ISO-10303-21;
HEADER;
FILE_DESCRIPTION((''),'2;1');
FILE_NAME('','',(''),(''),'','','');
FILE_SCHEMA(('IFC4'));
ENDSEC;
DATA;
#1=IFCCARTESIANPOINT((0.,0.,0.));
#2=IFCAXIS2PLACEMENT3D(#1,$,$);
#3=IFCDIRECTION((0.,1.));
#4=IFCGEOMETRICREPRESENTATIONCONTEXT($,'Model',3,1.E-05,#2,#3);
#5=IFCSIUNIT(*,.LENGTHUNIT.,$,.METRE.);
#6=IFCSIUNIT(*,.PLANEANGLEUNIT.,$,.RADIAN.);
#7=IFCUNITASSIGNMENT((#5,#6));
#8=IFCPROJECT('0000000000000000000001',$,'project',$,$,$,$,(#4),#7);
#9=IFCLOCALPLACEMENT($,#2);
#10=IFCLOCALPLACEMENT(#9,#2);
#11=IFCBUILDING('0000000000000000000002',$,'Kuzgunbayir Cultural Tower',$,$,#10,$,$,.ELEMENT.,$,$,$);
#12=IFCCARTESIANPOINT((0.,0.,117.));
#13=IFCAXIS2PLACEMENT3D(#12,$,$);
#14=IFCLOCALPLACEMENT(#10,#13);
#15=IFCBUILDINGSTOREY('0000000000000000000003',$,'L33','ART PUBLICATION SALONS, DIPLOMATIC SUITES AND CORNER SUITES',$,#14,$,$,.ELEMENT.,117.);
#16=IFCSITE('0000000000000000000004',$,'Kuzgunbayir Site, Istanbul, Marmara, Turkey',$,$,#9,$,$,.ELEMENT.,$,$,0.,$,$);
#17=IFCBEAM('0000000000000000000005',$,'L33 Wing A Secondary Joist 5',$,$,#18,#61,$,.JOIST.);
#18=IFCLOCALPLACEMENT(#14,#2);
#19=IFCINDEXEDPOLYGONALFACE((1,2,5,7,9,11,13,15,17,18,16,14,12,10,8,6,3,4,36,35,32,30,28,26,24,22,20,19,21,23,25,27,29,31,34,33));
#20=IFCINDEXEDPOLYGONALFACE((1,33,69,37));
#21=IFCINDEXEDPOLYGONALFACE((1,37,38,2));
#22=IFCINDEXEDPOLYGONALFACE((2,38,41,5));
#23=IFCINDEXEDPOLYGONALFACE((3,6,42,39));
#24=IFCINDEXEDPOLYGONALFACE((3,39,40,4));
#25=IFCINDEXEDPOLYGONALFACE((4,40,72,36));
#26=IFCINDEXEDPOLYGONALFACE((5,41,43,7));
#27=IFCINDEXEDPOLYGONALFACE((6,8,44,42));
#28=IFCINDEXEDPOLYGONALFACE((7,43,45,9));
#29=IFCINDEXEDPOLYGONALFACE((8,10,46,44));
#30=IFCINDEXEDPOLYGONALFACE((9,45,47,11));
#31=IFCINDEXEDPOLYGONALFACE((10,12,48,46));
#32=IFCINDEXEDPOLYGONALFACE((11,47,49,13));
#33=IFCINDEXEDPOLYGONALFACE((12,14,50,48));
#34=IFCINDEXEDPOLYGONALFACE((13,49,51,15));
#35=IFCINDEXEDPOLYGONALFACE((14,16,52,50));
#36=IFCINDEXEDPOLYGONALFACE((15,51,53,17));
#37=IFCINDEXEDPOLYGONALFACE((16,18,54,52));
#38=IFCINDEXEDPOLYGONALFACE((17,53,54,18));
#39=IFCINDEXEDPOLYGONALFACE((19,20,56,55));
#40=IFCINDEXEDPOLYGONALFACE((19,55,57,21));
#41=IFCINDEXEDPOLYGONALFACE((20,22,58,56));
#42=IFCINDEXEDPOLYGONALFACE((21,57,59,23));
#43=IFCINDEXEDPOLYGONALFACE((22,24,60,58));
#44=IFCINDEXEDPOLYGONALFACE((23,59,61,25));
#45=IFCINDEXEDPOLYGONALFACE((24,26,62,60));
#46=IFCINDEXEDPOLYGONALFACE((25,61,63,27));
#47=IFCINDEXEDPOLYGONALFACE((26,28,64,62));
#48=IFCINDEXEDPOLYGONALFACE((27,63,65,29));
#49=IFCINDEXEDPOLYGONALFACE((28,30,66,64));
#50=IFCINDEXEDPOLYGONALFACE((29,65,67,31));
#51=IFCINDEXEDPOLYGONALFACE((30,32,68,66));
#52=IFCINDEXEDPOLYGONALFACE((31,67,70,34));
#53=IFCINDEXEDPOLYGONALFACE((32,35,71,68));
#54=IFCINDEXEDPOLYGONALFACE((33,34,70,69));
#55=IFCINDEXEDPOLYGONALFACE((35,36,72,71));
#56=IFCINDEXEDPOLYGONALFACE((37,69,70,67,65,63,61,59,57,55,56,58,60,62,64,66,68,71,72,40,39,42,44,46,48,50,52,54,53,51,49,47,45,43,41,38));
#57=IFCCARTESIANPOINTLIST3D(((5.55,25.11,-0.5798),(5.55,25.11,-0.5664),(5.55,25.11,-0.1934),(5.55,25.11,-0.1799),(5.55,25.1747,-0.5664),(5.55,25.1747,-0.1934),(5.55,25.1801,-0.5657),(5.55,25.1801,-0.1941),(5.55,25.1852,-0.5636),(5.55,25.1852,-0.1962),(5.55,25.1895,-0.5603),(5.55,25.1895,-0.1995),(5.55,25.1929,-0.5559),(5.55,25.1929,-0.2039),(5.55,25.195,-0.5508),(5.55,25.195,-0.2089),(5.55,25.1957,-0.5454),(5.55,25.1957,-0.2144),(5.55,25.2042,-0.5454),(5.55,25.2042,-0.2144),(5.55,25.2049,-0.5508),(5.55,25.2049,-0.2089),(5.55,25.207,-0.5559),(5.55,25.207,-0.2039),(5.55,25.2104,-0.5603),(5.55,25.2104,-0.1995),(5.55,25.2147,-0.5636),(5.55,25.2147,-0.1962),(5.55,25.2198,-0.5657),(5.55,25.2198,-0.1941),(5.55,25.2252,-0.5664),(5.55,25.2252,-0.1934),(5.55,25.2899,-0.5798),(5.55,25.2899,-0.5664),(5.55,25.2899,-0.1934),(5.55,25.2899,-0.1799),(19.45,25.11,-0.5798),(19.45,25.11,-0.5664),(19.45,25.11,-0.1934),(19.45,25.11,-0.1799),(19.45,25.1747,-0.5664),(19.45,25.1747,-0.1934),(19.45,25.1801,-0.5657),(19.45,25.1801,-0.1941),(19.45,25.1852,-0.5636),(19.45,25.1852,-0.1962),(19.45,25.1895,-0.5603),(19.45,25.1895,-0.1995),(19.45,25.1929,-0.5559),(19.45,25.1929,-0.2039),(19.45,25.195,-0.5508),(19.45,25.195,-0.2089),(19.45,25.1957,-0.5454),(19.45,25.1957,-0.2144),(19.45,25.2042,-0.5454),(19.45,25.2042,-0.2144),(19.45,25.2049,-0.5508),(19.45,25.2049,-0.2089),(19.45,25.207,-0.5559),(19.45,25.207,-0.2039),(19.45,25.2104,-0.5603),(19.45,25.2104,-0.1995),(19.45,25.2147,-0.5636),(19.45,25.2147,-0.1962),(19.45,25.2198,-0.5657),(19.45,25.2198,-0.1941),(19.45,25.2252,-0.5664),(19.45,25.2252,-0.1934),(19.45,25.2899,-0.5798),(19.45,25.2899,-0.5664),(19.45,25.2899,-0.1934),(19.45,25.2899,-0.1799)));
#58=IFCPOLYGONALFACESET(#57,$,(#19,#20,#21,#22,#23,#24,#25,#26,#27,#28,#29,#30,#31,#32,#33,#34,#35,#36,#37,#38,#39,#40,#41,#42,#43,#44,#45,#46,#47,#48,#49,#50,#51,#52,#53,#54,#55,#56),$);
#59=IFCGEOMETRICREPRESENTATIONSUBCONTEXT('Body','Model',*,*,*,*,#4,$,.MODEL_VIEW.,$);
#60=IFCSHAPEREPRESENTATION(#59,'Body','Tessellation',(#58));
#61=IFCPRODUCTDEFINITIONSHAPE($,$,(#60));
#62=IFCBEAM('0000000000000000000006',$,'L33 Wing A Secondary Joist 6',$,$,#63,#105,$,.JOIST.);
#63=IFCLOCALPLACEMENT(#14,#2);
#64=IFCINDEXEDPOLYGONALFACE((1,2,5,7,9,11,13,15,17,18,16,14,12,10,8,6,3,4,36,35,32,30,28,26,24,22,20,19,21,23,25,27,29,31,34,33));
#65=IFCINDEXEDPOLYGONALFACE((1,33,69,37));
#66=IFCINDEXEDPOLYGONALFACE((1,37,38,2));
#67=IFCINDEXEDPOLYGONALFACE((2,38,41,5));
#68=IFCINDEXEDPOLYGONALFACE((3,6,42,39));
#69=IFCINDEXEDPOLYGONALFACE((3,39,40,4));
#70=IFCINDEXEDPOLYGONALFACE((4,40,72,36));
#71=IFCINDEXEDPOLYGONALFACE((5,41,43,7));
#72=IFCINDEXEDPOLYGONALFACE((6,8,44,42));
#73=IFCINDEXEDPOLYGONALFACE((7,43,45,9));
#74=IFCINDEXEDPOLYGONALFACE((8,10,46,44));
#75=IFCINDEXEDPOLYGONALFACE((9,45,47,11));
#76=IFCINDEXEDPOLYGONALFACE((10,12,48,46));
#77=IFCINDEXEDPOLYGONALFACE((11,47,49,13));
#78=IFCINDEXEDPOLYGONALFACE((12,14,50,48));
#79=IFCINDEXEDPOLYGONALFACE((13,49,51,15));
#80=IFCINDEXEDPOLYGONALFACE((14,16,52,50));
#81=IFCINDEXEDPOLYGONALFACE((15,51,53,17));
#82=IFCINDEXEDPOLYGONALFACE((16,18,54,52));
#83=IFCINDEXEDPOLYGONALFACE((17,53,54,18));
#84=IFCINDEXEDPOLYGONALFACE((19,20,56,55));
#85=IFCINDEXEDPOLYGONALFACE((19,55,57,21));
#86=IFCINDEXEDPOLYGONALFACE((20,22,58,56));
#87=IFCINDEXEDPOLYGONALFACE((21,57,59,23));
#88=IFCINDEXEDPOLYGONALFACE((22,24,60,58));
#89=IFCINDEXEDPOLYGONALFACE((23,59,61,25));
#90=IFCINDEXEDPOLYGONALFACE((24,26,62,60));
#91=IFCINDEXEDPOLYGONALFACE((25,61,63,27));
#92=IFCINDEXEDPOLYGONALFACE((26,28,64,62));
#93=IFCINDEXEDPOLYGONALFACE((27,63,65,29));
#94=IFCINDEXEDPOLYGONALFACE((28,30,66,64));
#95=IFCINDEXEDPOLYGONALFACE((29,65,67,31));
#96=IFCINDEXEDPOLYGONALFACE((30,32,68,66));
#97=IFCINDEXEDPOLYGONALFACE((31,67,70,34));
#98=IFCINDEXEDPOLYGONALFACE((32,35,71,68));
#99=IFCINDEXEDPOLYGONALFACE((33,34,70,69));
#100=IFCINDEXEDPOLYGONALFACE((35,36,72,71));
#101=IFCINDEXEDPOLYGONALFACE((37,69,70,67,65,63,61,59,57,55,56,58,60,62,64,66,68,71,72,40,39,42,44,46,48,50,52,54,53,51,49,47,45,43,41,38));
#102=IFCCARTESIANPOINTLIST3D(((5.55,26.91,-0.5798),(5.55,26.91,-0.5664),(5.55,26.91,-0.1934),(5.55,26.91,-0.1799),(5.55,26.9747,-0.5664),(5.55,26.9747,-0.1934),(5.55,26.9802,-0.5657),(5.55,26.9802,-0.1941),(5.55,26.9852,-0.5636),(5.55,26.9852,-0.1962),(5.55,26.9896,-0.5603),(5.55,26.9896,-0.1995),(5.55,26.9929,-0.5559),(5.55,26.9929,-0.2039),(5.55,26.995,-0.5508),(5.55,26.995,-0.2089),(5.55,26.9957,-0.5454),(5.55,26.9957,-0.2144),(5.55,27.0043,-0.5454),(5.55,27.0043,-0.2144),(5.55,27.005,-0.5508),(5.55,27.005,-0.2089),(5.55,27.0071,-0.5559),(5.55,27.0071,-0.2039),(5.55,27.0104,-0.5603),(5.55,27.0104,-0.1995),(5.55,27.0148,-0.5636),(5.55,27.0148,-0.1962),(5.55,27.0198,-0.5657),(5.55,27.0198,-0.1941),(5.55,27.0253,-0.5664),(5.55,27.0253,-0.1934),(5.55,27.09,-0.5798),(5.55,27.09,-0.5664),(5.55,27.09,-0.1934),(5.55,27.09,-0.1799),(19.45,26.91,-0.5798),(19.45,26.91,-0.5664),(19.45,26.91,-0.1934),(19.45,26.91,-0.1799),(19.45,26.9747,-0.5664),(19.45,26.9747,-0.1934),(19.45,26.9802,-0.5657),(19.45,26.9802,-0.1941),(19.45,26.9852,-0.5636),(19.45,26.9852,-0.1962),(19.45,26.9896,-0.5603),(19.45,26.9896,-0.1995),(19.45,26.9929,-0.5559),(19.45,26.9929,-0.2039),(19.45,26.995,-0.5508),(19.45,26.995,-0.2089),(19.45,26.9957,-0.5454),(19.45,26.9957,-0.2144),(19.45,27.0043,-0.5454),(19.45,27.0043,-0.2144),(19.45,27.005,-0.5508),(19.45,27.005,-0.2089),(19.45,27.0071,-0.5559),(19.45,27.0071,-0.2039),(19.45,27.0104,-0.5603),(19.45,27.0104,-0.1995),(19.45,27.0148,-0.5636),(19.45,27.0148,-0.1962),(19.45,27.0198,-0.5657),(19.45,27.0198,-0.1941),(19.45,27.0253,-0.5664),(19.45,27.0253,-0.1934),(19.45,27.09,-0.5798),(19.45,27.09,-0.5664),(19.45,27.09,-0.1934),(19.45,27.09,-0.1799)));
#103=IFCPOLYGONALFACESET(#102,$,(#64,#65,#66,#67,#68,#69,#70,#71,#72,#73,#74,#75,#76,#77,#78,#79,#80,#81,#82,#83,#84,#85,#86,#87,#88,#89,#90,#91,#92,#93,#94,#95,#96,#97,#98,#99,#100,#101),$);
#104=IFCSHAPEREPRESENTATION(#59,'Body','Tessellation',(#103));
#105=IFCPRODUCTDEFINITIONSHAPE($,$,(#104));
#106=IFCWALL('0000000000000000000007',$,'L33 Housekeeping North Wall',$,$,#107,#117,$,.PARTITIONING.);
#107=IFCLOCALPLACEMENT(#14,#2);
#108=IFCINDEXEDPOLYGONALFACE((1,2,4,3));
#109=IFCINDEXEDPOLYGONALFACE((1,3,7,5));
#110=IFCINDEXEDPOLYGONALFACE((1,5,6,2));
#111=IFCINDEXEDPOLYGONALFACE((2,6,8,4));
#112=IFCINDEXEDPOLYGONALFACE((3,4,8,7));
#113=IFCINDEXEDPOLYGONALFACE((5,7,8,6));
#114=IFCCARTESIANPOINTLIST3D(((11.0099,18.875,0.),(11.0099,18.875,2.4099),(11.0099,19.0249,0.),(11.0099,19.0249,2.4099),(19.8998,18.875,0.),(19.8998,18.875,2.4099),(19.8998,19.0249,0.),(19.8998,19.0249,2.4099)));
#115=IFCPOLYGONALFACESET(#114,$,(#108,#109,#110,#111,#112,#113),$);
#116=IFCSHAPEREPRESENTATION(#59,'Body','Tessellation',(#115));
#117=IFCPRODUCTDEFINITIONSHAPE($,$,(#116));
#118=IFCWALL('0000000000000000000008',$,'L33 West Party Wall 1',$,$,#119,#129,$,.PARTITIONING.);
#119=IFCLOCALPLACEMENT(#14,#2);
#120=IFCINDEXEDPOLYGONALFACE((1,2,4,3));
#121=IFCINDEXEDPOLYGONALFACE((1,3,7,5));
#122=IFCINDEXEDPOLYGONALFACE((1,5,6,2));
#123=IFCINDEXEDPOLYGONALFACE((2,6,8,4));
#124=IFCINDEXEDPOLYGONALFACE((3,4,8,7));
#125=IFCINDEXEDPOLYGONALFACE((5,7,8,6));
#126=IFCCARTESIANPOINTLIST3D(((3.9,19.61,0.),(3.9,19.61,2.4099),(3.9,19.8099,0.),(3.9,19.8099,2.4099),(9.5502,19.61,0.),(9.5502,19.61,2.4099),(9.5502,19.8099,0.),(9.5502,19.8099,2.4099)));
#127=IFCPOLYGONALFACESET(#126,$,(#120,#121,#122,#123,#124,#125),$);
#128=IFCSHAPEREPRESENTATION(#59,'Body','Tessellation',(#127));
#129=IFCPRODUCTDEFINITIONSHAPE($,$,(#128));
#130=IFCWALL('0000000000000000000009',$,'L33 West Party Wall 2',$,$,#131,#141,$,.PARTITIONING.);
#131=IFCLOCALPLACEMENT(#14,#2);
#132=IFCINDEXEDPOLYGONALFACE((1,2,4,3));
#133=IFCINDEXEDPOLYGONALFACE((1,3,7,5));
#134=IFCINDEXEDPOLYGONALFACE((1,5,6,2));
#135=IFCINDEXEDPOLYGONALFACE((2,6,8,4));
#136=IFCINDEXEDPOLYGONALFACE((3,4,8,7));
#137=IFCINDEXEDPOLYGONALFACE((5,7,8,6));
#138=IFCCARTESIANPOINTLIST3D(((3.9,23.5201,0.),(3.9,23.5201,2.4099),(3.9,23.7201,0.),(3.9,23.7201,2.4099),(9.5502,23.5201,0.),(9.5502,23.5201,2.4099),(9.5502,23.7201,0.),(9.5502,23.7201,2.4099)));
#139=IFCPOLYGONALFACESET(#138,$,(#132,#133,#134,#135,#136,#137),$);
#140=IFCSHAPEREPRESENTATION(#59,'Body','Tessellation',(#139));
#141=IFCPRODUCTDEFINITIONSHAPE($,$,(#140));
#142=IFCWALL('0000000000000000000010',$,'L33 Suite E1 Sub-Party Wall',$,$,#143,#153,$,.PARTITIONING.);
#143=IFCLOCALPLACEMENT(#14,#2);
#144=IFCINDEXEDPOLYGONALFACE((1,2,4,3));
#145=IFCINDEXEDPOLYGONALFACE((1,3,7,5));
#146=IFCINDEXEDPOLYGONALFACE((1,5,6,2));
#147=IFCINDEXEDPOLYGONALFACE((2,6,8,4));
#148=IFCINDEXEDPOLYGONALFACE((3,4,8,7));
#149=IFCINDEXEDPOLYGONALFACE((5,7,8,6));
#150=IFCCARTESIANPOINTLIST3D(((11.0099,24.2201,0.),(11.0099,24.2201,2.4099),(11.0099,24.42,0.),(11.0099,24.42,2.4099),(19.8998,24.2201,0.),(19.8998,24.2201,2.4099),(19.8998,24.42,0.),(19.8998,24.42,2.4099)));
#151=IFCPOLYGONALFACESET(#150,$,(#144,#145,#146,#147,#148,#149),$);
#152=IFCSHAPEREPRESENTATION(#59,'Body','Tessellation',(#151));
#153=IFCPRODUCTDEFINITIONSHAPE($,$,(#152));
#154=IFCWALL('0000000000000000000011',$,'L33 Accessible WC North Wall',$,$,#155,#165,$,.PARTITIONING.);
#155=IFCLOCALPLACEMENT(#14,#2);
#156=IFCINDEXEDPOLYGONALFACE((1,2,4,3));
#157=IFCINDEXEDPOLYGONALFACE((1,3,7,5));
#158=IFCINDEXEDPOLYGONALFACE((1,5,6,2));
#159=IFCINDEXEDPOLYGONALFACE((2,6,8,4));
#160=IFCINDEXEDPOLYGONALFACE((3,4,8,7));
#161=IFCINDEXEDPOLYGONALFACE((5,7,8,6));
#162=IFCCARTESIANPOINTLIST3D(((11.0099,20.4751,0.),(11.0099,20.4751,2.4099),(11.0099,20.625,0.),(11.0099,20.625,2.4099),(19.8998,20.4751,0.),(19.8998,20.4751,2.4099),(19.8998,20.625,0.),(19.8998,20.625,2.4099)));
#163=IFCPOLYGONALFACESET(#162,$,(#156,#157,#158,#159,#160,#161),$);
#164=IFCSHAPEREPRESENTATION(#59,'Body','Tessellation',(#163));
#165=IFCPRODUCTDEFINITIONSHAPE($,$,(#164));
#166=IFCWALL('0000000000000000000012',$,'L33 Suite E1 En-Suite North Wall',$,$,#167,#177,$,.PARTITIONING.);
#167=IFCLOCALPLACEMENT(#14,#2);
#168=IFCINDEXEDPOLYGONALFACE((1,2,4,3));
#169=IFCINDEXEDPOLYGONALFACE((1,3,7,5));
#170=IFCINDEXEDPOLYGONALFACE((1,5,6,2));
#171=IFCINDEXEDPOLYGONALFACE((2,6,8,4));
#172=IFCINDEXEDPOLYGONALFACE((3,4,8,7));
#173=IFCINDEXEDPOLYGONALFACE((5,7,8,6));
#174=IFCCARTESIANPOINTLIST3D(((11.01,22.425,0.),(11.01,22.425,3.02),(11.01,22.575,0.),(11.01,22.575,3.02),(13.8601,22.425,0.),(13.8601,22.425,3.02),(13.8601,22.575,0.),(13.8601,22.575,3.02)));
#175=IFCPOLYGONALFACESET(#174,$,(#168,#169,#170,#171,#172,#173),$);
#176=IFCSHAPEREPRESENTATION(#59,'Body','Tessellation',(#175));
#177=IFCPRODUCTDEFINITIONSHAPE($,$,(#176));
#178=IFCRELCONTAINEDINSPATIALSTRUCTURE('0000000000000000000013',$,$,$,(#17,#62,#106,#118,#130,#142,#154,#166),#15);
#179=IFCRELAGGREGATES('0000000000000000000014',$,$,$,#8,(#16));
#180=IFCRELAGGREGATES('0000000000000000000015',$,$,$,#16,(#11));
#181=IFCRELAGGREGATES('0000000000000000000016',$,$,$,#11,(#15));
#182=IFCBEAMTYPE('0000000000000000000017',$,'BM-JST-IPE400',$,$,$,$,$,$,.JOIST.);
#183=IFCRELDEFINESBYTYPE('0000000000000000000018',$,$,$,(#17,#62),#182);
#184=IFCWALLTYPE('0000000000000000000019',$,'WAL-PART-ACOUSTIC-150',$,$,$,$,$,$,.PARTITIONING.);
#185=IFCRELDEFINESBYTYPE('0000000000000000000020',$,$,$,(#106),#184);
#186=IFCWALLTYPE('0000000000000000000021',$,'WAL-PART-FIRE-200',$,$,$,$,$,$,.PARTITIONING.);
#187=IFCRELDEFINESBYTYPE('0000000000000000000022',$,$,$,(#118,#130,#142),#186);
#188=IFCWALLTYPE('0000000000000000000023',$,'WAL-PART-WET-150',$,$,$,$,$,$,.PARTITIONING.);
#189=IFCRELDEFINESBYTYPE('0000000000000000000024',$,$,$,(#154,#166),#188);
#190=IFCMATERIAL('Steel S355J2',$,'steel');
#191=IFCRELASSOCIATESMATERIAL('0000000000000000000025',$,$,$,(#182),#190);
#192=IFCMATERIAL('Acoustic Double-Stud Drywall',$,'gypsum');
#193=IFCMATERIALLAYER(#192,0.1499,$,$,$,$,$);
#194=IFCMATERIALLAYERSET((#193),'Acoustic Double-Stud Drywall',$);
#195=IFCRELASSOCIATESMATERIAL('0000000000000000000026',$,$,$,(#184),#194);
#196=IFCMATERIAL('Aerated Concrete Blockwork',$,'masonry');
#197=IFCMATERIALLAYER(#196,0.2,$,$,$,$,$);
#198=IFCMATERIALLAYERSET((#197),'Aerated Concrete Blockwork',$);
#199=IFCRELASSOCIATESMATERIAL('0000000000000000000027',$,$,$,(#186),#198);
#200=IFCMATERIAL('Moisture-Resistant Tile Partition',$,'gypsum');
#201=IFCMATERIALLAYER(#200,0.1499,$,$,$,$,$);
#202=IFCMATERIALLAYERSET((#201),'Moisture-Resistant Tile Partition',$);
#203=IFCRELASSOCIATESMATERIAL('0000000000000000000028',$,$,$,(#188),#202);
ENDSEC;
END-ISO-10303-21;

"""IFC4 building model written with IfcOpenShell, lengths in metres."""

from ifc_helpers import new_model, si_unit, direction, frame, frame_2d, origin, origin_2d, place, context, subcontext, project, spatial, rectangle, i_section, extrude, material, layer, layer_set, material_profile, profile_set, type_object, element, save


model = new_model("IFC4")

# Units and contexts
model_context = context("Model", 3, precision=1e-05, world=origin(), true_north=direction((0.0, 1.0)))
body_context = subcontext(model_context, "Body", "Model", "MODEL_VIEW")
ifc_project = project(units=[si_unit("LENGTHUNIT", "METRE"), si_unit("PLANEANGLEUNIT", "RADIAN")], contexts=[model_context])

# Site, building, storey
site_placement = place(None, origin())
site = spatial("IfcSite", under=ifc_project, at=site_placement, Name="Kuzgunbayir Site, Istanbul, Marmara, Turkey", CompositionType="ELEMENT", RefElevation=0.0)
building_placement = place(site_placement, origin())
building = spatial("IfcBuilding", under=site, at=building_placement, Name="Kuzgunbayir Cultural Tower", CompositionType="ELEMENT")
storey_placement = place(building_placement, frame((0.0, 0.0, 117.0)))
storey = spatial("IfcBuildingStorey", under=building, at=storey_placement, Name="L33", Description="ART PUBLICATION SALONS, DIPLOMATIC SUITES AND CORNER SUITES", CompositionType="ELEMENT", Elevation=117.0)

# Beams
ifc_material_1 = material(Name="Steel S355J2", Category="steel")
ifc_material_profile_1 = material_profile(ifc_material_1, i_section(OverallWidth=0.1799, OverallDepth=0.3999, WebThickness=0.0085, FlangeThickness=0.0134, FilletRadius=0.021, at=origin_2d()), Name="IPE 400")
ifc_profile_set_1 = profile_set([ifc_material_profile_1], Name="Steel S355J2")
beam_type_1 = type_object("IfcBeamType", Name="BM-JST-IPE400", PredefinedType="JOIST", material=ifc_profile_set_1)
for number, where, z_axis, x_axis, name in (
    (1, (5.55, 25.2, -0.3799), (1.0, 0.0, 0.0), (0.0, 1.0, 0.0), "L33 Wing A Secondary Joist 5"),
    (2, (5.55, 27.0, -0.3799), (1.0, 0.0, 0.0), (0.0, 1.0, 0.0), "L33 Wing A Secondary Joist 6"),
):
    element("IfcBeam", number, at=place(storey_placement, frame(where, z_axis=z_axis, x_axis=x_axis)), inside=storey, type_object=beam_type_1, Name=name, PredefinedType="JOIST", context=body_context, shape_type="SweptSolid", body=[
        extrude(i_section(OverallWidth=0.1799, OverallDepth=0.3999, WebThickness=0.0085, FlangeThickness=0.0134, FilletRadius=0.021, at=origin_2d()), origin(), (0.0, 0.0, 1.0), 13.8999),
    ])

# Walls
ifc_material_2 = material(Name="Acoustic Double-Stud Drywall", Category="gypsum")
ifc_layer_1 = layer(ifc_material_2, 0.1499)
ifc_layer_set_1 = layer_set([ifc_layer_1], Name="Acoustic Double-Stud Drywall")
wall_type_1 = type_object("IfcWallType", Name="WAL-PART-ACOUSTIC-150", PredefinedType="PARTITIONING", material=ifc_layer_set_1)
wall_1_placement = place(storey_placement, frame((11.01, 18.95, 0.0), z_axis=(0.0, 0.0, 1.0), x_axis=(1.0, 0.0, 0.0)))
element("IfcWall", 3, at=wall_1_placement, inside=storey, type_object=wall_type_1, Name="L33 Housekeeping North Wall", PredefinedType="PARTITIONING", context=body_context, shape_type="SweptSolid", body=[
    extrude(rectangle(XDim=8.8899, YDim=0.1499, at=frame_2d((4.4448, 0.0))), origin(), (0.0, 0.0, 1.0), 2.4099),
])
ifc_material_3 = material(Name="Aerated Concrete Blockwork", Category="masonry")
ifc_layer_2 = layer(ifc_material_3, 0.2)
ifc_layer_set_2 = layer_set([ifc_layer_2], Name="Aerated Concrete Blockwork")
wall_type_2 = type_object("IfcWallType", Name="WAL-PART-FIRE-200", PredefinedType="PARTITIONING", material=ifc_layer_set_2)
for number, where, z_axis, x_axis, name in (
    (4, (3.8999, 19.71, 0.0), (0.0, 0.0, 1.0), (1.0, 0.0, 0.0), "L33 West Party Wall 1"),
    (5, (3.8999, 23.6201, 0.0), (0.0, 0.0, 1.0), (1.0, 0.0, 0.0), "L33 West Party Wall 2"),
):
    element("IfcWall", number, at=place(storey_placement, frame(where, z_axis=z_axis, x_axis=x_axis)), inside=storey, type_object=wall_type_2, Name=name, PredefinedType="PARTITIONING", context=body_context, shape_type="SweptSolid", body=[
        extrude(rectangle(XDim=5.6501, YDim=0.2, at=frame_2d((2.8252, 0.0))), origin(), (0.0, 0.0, 1.0), 2.4099),
    ])
wall_2_placement = place(storey_placement, frame((11.01, 24.3201, 0.0), z_axis=(0.0, 0.0, 1.0), x_axis=(1.0, 0.0, 0.0)))
element("IfcWall", 6, at=wall_2_placement, inside=storey, type_object=wall_type_2, Name="L33 Suite E1 Sub-Party Wall", PredefinedType="PARTITIONING", context=body_context, shape_type="SweptSolid", body=[
    extrude(rectangle(XDim=8.8899, YDim=0.2, at=frame_2d((4.4448, 0.0))), origin(), (0.0, 0.0, 1.0), 2.4099),
])
ifc_material_4 = material(Name="Moisture-Resistant Tile Partition", Category="gypsum")
ifc_layer_3 = layer(ifc_material_4, 0.1499)
ifc_layer_set_3 = layer_set([ifc_layer_3], Name="Moisture-Resistant Tile Partition")
wall_type_3 = type_object("IfcWallType", Name="WAL-PART-WET-150", PredefinedType="PARTITIONING", material=ifc_layer_set_3)
wall_3_placement = place(storey_placement, frame((11.01, 20.55, 0.0), z_axis=(0.0, 0.0, 1.0), x_axis=(1.0, 0.0, 0.0)))
element("IfcWall", 7, at=wall_3_placement, inside=storey, type_object=wall_type_3, Name="L33 Accessible WC North Wall", PredefinedType="PARTITIONING", context=body_context, shape_type="SweptSolid", body=[
    extrude(rectangle(XDim=8.8899, YDim=0.1499, at=frame_2d((4.4448, 0.0))), origin(), (0.0, 0.0, 1.0), 2.4099),
])
wall_4_placement = place(storey_placement, frame((11.01, 22.5, 0.0), z_axis=(0.0, 0.0, 1.0), x_axis=(1.0, 0.0, 0.0)))
element("IfcWall", 8, at=wall_4_placement, inside=storey, type_object=wall_type_3, Name="L33 Suite E1 En-Suite North Wall", PredefinedType="PARTITIONING", context=body_context, shape_type="SweptSolid", body=[
    extrude(rectangle(XDim=2.8501, YDim=0.1499, at=frame_2d((1.425, 0.0))), origin(), (0.0, 0.0, 1.0), 3.02),
])

save(model, "model.ifc")
